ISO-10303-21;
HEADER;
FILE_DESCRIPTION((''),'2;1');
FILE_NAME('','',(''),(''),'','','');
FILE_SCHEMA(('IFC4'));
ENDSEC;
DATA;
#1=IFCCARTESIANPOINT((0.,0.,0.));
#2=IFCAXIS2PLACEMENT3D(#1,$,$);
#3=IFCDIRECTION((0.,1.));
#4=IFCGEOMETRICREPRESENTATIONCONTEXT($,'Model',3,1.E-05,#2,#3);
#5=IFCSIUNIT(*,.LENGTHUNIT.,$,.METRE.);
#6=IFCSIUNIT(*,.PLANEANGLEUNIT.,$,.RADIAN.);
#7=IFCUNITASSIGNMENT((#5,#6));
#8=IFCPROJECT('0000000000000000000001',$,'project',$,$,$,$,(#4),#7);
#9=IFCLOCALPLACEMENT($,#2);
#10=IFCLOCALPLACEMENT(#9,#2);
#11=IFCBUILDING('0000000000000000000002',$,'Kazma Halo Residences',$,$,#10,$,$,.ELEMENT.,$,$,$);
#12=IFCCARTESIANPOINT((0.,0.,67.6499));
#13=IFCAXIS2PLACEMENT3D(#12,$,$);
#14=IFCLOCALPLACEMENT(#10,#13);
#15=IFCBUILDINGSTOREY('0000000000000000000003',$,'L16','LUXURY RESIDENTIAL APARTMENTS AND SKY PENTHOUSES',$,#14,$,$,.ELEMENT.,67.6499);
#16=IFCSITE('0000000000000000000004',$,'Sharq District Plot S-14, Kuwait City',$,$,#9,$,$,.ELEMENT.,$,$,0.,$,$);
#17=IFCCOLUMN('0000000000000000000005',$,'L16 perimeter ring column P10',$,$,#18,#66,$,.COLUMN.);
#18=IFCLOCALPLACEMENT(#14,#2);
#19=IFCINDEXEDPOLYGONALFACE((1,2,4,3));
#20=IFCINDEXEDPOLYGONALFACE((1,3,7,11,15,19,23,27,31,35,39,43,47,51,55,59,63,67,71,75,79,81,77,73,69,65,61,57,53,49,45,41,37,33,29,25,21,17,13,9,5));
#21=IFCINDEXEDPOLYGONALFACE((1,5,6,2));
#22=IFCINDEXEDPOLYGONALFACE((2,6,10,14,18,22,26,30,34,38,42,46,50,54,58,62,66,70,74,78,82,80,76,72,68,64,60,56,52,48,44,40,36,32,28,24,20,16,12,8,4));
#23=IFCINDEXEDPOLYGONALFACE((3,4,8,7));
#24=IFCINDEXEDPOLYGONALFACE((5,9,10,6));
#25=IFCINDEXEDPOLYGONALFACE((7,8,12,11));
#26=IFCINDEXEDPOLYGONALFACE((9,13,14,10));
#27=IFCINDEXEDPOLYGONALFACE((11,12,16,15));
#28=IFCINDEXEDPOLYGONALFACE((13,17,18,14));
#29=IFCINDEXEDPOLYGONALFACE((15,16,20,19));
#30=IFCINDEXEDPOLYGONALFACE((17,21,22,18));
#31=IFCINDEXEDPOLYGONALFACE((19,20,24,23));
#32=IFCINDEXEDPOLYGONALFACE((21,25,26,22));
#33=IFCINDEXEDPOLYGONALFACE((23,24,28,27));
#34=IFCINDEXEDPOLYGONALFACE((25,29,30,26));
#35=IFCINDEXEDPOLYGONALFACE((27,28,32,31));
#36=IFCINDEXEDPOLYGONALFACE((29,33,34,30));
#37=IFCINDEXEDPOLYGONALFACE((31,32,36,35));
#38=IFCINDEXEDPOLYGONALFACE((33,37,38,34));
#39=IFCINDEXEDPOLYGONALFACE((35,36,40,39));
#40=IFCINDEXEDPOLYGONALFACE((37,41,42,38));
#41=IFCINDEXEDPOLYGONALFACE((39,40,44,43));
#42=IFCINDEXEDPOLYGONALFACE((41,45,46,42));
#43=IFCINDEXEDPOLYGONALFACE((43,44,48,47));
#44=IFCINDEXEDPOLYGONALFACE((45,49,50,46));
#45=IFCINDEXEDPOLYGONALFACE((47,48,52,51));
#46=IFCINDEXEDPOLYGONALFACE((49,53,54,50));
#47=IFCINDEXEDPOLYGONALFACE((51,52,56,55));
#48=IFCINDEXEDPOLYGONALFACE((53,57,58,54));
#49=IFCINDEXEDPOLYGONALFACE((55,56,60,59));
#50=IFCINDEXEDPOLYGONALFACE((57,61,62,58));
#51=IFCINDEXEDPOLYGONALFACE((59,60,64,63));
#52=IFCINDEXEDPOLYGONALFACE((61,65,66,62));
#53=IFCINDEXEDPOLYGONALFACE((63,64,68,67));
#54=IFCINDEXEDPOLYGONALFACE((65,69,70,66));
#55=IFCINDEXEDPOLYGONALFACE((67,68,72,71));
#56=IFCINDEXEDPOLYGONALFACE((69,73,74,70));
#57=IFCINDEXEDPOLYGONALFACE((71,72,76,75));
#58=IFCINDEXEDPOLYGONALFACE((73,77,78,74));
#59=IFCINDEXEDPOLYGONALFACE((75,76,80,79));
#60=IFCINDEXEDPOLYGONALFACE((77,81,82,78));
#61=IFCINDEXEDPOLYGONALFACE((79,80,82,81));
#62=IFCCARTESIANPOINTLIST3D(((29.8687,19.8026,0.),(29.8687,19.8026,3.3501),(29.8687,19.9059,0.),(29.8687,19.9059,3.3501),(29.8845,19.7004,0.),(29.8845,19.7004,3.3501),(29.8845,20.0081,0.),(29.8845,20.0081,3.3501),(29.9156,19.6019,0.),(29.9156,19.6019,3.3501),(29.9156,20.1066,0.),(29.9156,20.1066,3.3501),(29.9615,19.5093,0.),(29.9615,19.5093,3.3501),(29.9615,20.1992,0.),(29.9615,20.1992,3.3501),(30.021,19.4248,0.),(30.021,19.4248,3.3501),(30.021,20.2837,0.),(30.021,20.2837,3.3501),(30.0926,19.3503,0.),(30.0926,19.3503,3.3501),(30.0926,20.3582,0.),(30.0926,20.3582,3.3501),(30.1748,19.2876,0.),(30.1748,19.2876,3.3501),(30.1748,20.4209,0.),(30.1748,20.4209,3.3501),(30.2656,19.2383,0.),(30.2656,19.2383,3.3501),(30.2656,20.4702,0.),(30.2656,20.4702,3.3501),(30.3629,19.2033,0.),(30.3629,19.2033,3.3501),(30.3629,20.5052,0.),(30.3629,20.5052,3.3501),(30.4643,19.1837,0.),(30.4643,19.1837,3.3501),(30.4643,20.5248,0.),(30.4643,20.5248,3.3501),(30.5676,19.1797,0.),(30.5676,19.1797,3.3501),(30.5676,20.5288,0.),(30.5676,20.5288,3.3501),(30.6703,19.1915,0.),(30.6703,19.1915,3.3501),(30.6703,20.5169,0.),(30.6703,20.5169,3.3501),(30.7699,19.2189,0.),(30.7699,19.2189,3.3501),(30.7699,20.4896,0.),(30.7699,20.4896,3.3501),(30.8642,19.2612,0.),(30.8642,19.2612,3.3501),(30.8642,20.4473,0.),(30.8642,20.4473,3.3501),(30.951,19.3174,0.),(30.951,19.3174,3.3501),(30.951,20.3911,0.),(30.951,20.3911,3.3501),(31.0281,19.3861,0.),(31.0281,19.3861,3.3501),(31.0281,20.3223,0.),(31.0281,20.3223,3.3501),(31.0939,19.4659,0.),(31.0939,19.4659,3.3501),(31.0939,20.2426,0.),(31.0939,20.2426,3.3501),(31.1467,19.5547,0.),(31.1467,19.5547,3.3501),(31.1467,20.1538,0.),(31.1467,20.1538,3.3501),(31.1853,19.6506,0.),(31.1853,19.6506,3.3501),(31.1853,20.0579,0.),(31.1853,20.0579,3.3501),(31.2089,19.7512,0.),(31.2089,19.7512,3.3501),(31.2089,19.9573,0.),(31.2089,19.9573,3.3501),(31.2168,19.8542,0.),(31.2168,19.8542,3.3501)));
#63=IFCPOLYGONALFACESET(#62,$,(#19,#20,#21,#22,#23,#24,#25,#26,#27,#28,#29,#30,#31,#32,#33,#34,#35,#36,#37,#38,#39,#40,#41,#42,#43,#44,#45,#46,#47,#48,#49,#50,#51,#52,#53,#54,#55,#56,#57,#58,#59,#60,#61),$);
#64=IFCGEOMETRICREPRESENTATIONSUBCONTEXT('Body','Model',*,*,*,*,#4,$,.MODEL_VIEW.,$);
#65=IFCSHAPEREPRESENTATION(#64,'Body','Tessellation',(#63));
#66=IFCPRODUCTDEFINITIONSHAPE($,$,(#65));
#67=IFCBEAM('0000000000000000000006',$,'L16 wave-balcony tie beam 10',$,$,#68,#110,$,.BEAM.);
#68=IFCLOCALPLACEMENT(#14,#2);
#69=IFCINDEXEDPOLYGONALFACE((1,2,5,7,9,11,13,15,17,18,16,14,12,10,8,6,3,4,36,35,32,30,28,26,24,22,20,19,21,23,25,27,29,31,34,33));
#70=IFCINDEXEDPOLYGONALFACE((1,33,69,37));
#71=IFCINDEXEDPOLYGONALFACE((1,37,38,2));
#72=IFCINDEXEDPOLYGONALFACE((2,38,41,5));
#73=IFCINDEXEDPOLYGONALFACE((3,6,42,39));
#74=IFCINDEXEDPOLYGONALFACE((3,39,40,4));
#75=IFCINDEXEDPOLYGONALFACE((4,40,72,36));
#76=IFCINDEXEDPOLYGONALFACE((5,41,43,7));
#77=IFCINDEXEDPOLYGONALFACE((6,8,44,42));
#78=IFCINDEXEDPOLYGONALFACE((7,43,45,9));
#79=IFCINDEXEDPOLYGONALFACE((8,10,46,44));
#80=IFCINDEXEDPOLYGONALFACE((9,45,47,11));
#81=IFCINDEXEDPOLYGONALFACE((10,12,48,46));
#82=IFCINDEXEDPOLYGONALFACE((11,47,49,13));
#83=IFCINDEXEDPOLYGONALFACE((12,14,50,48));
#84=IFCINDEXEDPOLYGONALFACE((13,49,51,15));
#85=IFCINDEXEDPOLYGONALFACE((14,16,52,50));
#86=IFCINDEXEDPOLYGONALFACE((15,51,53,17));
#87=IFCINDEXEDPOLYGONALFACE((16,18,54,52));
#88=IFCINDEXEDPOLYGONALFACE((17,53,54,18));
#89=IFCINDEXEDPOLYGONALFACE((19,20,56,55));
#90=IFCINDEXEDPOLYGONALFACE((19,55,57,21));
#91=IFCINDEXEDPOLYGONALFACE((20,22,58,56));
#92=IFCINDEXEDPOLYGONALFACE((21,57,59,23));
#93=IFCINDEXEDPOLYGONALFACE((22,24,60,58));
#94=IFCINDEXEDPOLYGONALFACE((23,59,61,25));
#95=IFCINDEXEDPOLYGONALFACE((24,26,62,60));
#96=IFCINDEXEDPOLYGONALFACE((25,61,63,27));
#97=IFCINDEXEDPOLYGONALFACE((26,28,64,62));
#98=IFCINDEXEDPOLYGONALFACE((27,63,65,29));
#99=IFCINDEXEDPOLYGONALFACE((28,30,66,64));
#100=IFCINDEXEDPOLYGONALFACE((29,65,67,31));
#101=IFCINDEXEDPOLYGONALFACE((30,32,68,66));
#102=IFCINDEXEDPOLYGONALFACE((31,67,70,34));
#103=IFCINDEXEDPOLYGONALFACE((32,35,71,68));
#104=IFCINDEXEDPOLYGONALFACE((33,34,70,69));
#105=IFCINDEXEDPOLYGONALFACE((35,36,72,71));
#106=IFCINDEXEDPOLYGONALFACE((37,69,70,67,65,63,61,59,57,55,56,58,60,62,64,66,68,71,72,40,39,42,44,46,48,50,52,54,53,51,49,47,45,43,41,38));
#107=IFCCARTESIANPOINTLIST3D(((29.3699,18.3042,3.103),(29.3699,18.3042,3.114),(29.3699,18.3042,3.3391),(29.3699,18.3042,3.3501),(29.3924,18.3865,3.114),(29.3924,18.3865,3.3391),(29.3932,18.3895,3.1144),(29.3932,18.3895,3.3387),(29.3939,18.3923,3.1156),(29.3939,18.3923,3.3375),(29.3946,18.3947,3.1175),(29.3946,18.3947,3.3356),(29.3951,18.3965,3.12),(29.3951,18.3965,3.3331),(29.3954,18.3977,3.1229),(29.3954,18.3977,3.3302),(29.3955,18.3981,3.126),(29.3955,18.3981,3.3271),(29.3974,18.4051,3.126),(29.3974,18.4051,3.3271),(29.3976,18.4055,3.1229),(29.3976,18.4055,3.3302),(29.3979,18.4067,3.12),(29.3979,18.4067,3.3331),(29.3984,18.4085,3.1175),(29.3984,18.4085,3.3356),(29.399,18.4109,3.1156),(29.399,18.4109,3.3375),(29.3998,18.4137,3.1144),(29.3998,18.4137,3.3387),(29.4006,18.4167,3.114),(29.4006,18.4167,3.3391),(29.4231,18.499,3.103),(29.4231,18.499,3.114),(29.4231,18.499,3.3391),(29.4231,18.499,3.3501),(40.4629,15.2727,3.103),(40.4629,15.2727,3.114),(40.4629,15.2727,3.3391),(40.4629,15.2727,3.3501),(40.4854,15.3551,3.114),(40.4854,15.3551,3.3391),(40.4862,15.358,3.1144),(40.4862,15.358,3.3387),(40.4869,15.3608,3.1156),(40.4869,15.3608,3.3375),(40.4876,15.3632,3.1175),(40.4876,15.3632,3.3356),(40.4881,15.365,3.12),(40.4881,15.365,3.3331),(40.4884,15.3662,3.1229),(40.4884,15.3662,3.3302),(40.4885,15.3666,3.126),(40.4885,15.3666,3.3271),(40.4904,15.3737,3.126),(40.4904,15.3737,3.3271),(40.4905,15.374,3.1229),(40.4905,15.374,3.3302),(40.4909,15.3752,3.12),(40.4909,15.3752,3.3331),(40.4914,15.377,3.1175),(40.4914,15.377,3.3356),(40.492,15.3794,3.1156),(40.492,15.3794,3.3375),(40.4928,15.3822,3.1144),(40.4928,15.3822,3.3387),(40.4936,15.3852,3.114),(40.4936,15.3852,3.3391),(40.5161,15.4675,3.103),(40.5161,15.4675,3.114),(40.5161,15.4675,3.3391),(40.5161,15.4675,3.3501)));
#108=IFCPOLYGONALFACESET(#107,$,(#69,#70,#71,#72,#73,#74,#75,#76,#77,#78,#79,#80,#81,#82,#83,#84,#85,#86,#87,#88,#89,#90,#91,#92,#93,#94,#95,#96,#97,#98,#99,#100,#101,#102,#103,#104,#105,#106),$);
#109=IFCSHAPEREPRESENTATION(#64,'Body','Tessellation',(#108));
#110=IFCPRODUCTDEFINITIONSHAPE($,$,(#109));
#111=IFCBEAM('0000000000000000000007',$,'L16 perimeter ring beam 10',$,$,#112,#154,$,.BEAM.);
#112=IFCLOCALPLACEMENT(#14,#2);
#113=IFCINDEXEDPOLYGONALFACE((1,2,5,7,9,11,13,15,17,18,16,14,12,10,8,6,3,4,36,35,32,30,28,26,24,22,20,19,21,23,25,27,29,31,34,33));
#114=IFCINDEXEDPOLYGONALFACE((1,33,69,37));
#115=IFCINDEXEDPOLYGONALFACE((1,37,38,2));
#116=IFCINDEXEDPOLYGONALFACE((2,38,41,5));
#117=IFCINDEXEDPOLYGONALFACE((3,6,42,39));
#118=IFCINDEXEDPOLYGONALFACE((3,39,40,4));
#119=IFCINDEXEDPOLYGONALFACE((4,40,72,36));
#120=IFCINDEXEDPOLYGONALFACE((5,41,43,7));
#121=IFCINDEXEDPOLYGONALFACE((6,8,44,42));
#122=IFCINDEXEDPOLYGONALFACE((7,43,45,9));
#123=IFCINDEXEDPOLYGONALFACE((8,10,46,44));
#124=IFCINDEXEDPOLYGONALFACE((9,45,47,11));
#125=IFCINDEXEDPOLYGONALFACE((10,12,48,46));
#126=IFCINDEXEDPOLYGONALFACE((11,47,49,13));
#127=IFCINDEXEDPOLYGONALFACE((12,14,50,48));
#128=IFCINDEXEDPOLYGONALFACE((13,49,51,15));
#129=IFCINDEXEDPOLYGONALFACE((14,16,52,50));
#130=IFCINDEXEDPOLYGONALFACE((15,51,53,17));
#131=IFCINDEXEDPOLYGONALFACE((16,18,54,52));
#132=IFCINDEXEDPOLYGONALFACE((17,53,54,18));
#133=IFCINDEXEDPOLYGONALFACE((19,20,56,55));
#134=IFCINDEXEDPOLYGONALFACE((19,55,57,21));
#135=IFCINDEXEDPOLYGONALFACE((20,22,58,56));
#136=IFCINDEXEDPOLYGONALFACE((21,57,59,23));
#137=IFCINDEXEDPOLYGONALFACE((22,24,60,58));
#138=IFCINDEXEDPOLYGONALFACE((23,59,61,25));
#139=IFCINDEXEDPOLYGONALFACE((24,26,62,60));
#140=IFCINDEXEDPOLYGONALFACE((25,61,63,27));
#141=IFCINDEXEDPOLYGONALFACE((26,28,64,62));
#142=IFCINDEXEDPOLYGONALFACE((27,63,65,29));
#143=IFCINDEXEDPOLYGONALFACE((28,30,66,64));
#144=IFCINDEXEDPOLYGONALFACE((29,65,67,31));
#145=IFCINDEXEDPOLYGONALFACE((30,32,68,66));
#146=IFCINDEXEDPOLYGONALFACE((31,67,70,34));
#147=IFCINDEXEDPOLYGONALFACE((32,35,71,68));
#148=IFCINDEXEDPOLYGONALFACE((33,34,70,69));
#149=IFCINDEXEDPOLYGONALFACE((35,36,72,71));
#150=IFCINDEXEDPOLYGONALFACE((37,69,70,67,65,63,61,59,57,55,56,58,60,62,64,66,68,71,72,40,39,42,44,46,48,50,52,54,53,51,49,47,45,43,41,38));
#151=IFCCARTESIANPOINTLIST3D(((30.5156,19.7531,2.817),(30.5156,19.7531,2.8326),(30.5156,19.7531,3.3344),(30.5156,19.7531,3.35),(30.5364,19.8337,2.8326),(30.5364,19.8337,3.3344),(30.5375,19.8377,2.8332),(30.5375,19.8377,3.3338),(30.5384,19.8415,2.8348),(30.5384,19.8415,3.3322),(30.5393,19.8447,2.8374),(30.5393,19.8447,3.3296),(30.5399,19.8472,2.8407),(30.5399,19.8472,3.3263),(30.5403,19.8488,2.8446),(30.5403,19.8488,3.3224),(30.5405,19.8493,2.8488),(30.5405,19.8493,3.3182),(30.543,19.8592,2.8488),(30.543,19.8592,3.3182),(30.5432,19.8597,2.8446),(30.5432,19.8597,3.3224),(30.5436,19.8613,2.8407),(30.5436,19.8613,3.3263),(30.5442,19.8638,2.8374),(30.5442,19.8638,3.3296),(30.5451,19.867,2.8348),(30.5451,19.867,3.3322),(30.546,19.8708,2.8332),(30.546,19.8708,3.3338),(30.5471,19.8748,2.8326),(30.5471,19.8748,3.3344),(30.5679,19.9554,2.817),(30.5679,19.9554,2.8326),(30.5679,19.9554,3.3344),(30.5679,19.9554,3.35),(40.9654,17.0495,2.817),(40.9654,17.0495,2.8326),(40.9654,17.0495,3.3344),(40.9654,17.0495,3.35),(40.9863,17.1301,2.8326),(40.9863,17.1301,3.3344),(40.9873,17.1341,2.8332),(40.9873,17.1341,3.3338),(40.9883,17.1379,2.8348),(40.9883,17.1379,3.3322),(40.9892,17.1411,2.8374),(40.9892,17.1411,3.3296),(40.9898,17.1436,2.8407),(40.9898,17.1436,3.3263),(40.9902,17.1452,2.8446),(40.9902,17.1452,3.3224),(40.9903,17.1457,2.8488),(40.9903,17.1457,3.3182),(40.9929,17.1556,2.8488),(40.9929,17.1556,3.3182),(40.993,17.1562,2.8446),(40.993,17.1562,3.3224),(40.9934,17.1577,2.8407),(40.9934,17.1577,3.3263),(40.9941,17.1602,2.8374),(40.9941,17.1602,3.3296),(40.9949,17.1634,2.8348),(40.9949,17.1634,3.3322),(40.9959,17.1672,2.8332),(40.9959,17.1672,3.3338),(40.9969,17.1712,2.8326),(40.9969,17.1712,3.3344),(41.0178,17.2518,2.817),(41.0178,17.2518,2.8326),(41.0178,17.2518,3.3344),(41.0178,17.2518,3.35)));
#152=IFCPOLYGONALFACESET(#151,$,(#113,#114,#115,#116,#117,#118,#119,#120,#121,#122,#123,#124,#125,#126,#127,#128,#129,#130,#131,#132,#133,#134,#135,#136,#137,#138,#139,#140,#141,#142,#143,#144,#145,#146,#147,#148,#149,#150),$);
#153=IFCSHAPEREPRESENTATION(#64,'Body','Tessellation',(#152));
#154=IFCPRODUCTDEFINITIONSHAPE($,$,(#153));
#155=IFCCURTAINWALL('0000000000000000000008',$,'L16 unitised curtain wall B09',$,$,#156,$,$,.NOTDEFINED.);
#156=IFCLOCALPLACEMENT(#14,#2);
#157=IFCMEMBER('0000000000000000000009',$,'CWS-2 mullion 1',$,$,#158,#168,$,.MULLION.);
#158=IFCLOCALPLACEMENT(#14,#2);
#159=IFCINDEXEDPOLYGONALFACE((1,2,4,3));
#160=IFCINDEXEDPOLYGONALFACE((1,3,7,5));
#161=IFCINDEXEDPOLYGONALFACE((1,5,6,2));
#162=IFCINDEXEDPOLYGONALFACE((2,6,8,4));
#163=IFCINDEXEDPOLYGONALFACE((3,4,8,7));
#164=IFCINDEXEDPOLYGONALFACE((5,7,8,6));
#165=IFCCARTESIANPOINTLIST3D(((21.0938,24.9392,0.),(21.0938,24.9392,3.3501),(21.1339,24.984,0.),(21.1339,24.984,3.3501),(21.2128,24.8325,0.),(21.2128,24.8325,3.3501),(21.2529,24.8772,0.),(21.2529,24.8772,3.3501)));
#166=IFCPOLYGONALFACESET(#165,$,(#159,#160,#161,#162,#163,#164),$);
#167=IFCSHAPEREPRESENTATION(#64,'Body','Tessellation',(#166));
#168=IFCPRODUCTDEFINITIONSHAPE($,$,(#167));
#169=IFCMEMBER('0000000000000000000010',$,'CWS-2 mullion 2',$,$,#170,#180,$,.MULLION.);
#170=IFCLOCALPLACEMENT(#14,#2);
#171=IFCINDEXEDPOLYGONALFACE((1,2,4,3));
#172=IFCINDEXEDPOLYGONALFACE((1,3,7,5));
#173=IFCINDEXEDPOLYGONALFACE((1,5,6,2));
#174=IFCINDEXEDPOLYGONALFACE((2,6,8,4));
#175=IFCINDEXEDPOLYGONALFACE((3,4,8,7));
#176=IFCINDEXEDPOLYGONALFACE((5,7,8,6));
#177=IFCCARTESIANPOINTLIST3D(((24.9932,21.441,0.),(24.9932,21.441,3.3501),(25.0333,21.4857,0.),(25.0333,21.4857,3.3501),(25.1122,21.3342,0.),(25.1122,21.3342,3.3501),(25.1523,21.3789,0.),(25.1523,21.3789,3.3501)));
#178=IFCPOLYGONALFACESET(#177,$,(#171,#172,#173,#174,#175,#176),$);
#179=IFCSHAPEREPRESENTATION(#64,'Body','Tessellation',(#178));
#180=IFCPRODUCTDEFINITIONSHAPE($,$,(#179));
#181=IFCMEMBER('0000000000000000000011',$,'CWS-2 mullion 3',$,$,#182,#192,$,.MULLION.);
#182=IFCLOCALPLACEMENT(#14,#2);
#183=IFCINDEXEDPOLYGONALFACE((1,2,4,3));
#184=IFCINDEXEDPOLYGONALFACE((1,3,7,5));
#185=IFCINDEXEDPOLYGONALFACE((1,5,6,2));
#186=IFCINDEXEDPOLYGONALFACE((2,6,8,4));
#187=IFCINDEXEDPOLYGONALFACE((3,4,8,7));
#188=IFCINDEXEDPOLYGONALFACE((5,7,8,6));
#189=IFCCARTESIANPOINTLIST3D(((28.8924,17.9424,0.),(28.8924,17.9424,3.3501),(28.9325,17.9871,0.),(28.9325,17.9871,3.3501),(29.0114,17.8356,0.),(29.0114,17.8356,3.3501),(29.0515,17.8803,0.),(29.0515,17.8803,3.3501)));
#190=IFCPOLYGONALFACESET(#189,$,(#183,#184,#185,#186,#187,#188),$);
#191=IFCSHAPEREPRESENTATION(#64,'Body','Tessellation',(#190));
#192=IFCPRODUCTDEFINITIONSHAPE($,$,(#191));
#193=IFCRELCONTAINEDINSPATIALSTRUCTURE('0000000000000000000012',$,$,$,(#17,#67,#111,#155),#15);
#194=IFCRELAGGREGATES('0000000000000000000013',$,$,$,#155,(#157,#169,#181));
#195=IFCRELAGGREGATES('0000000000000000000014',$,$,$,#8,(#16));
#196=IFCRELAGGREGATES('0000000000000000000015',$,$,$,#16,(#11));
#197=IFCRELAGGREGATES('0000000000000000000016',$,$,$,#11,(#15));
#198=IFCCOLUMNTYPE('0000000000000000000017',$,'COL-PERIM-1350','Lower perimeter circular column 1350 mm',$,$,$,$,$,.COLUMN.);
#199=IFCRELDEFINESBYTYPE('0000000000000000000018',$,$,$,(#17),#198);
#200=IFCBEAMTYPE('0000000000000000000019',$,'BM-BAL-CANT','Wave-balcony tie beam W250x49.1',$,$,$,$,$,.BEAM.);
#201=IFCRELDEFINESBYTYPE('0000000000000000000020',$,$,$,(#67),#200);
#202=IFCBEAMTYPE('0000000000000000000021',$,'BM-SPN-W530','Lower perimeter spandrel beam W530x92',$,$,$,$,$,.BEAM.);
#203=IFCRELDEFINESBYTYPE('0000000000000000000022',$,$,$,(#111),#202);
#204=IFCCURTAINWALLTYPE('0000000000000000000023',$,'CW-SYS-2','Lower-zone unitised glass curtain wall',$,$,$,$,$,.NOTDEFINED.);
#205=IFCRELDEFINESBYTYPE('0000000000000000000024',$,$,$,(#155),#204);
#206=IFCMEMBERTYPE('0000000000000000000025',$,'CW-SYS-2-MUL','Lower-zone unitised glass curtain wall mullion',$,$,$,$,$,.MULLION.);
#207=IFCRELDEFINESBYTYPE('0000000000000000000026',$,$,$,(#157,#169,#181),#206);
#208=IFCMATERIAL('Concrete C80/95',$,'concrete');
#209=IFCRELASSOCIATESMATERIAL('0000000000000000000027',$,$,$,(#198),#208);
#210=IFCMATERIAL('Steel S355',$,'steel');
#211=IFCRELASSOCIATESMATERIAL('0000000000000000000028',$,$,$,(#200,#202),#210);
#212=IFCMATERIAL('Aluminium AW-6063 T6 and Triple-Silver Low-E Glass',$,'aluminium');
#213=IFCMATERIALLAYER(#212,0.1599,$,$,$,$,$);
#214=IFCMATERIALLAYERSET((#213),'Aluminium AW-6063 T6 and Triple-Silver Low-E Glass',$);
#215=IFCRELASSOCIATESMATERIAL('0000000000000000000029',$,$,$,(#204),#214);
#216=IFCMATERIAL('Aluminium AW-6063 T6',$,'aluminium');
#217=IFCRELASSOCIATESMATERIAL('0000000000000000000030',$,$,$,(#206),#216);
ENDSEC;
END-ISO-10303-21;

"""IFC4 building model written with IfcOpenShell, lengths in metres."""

from ifc_helpers import new_model, si_unit, direction, frame, origin, origin_2d, place, context, subcontext, project, spatial, rectangle, circle, i_section, extrude, material, layer, layer_set, material_profile, profile_set, type_object, element, aggregate, save


model = new_model("IFC4")

# Units and contexts
model_context = context("Model", 3, precision=1e-05, world=origin(), true_north=direction((0.0, 1.0)))
body_context = subcontext(model_context, "Body", "Model", "MODEL_VIEW")
ifc_project = project(units=[si_unit("LENGTHUNIT", "METRE"), si_unit("PLANEANGLEUNIT", "RADIAN")], contexts=[model_context])

# Site, building, storey
site_placement = place(None, origin())
site = spatial("IfcSite", under=ifc_project, at=site_placement, Name="Sharq District Plot S-14, Kuwait City", CompositionType="ELEMENT", RefElevation=0.0)
building_placement = place(site_placement, origin())
building = spatial("IfcBuilding", under=site, at=building_placement, Name="Kazma Halo Residences", CompositionType="ELEMENT")
storey_placement = place(building_placement, frame((0.0, 0.0, 67.6499)))
storey = spatial("IfcBuildingStorey", under=building, at=storey_placement, Name="L16", Description="LUXURY RESIDENTIAL APARTMENTS AND SKY PENTHOUSES", CompositionType="ELEMENT", Elevation=67.6499)

# Column
ifc_material_1 = material(Name="Concrete C80/95", Category="concrete")
ifc_material_profile_1 = material_profile(ifc_material_1, circle(Radius=0.675, at=origin_2d()), Name="CIRC1350")
ifc_profile_set_1 = profile_set([ifc_material_profile_1], Name="Concrete C80/95")
column_type = type_object("IfcColumnType", Name="COL-PERIM-1350", Description="Lower perimeter circular column 1350 mm", PredefinedType="COLUMN", material=ifc_profile_set_1)
column_placement = place(storey_placement, frame((30.5417, 19.8542, 0.0), z_axis=(0.0, 0.0, 1.0), x_axis=(1.0, 0.0, 0.0)))
element("IfcColumn", 1, at=column_placement, inside=storey, type_object=column_type, Name="L16 perimeter ring column P10", PredefinedType="COLUMN", context=body_context, shape_type="SweptSolid", body=[
    extrude(circle(Radius=0.675, at=origin_2d()), origin(), (0.0, 0.0, 1.0), 3.3501),
])

# Beams
ifc_material_2 = material(Name="Steel S355", Category="steel")
ifc_material_profile_2 = material_profile(ifc_material_2, i_section(OverallWidth=0.2019, OverallDepth=0.2471, WebThickness=0.0073, FlangeThickness=0.011, FilletRadius=0.012, at=origin_2d()), Name="W250x49.1")
ifc_profile_set_2 = profile_set([ifc_material_profile_2], Name="Steel S355")
beam_type_1 = type_object("IfcBeamType", Name="BM-BAL-CANT", Description="Wave-balcony tie beam W250x49.1", PredefinedType="BEAM", material=ifc_profile_set_2)
beam_1_placement = place(storey_placement, frame((29.3965, 18.4016, 3.2266), z_axis=(0.964628, -0.263613, 0.0), x_axis=(0.263613, 0.964628, 0.0)))
element("IfcBeam", 2, at=beam_1_placement, inside=storey, type_object=beam_type_1, Name="L16 wave-balcony tie beam 10", PredefinedType="BEAM", context=body_context, shape_type="SweptSolid", body=[
    extrude(i_section(OverallWidth=0.2019, OverallDepth=0.2471, WebThickness=0.0073, FlangeThickness=0.011, FilletRadius=0.012, at=origin_2d()), origin(), (0.0, 0.0, 1.0), 11.4998),
])
ifc_material_profile_3 = material_profile(ifc_material_2, i_section(OverallWidth=0.209, OverallDepth=0.533, WebThickness=0.0103, FlangeThickness=0.0156, FilletRadius=0.0161, at=origin_2d()), Name="W530x92")
ifc_profile_set_3 = profile_set([ifc_material_profile_3], Name="Steel S355")
beam_type_2 = type_object("IfcBeamType", Name="BM-SPN-W530", Description="Lower perimeter spandrel beam W530x92", PredefinedType="BEAM", material=ifc_profile_set_3)
beam_2_placement = place(storey_placement, frame((30.5417, 19.8542, 3.0835), z_axis=(0.968124, -0.250473, 0.0), x_axis=(0.250473, 0.968124, 0.0)))
element("IfcBeam", 3, at=beam_2_placement, inside=storey, type_object=beam_type_2, Name="L16 perimeter ring beam 10", PredefinedType="BEAM", context=body_context, shape_type="SweptSolid", body=[
    extrude(i_section(OverallWidth=0.209, OverallDepth=0.533, WebThickness=0.0103, FlangeThickness=0.0156, FilletRadius=0.0161, at=origin_2d()), origin(), (0.0, 0.0, 1.0), 10.7939),
])

# Curtain wall, members
ifc_material_3 = material(Name="Aluminium AW-6063 T6 and Triple-Silver Low-E Glass", Category="aluminium")
ifc_layer_1 = layer(ifc_material_3, 0.1599)
ifc_layer_set_1 = layer_set([ifc_layer_1], Name="Aluminium AW-6063 T6 and Triple-Silver Low-E Glass")
curtain_wall_type = type_object("IfcCurtainWallType", Name="CW-SYS-2", Description="Lower-zone unitised glass curtain wall", PredefinedType="NOTDEFINED", material=ifc_layer_set_1)
curtain_wall_placement = place(storey_placement, origin())
curtain_wall = element("IfcCurtainWall", 4, at=curtain_wall_placement, inside=storey, type_object=curtain_wall_type, Name="L16 unitised curtain wall B09", PredefinedType="NOTDEFINED")
ifc_material_4 = material(Name="Aluminium AW-6063 T6", Category="aluminium")
ifc_material_profile_4 = material_profile(ifc_material_4, rectangle(XDim=0.0601, YDim=0.1599, at=origin_2d()), Name="CWM-60x160")
ifc_profile_set_4 = profile_set([ifc_material_profile_4], Name="Aluminium AW-6063 T6")
member_type_1 = type_object("IfcMemberType", Name="CW-SYS-2-MUL", Description="Lower-zone unitised glass curtain wall mullion", PredefinedType="MULLION", material=ifc_profile_set_4)
member_1_placement = place(storey_placement, frame((21.1733, 24.9082, 0.0), z_axis=(0.0, 0.0, 1.0), x_axis=(0.667821, 0.744322, 0.0)))
member_1 = element("IfcMember", 5, at=member_1_placement, type_object=member_type_1, Name="CWS-2 mullion 1", PredefinedType="MULLION", context=body_context, shape_type="SweptSolid", body=[
    extrude(rectangle(XDim=0.0601, YDim=0.1599, at=origin_2d()), origin(), (0.0, 0.0, 1.0), 3.3501),
])
member_2_placement = place(storey_placement, frame((25.0728, 21.4099, 0.0), z_axis=(0.0, 0.0, 1.0), x_axis=(0.667821, 0.744322, 0.0)))
member_2 = element("IfcMember", 6, at=member_2_placement, type_object=member_type_1, Name="CWS-2 mullion 2", PredefinedType="MULLION", context=body_context, shape_type="SweptSolid", body=[
    extrude(rectangle(XDim=0.0601, YDim=0.1599, at=origin_2d()), origin(), (0.0, 0.0, 1.0), 3.3501),
])
member_3_placement = place(storey_placement, frame((28.9719, 17.9114, 0.0), z_axis=(0.0, 0.0, 1.0), x_axis=(0.667821, 0.744322, 0.0)))
member_3 = element("IfcMember", 7, at=member_3_placement, type_object=member_type_1, Name="CWS-2 mullion 3", PredefinedType="MULLION", context=body_context, shape_type="SweptSolid", body=[
    extrude(rectangle(XDim=0.0601, YDim=0.1599, at=origin_2d()), origin(), (0.0, 0.0, 1.0), 3.3501),
])
aggregate(curtain_wall, [member_1, member_2, member_3])

save(model, "model.ifc")
